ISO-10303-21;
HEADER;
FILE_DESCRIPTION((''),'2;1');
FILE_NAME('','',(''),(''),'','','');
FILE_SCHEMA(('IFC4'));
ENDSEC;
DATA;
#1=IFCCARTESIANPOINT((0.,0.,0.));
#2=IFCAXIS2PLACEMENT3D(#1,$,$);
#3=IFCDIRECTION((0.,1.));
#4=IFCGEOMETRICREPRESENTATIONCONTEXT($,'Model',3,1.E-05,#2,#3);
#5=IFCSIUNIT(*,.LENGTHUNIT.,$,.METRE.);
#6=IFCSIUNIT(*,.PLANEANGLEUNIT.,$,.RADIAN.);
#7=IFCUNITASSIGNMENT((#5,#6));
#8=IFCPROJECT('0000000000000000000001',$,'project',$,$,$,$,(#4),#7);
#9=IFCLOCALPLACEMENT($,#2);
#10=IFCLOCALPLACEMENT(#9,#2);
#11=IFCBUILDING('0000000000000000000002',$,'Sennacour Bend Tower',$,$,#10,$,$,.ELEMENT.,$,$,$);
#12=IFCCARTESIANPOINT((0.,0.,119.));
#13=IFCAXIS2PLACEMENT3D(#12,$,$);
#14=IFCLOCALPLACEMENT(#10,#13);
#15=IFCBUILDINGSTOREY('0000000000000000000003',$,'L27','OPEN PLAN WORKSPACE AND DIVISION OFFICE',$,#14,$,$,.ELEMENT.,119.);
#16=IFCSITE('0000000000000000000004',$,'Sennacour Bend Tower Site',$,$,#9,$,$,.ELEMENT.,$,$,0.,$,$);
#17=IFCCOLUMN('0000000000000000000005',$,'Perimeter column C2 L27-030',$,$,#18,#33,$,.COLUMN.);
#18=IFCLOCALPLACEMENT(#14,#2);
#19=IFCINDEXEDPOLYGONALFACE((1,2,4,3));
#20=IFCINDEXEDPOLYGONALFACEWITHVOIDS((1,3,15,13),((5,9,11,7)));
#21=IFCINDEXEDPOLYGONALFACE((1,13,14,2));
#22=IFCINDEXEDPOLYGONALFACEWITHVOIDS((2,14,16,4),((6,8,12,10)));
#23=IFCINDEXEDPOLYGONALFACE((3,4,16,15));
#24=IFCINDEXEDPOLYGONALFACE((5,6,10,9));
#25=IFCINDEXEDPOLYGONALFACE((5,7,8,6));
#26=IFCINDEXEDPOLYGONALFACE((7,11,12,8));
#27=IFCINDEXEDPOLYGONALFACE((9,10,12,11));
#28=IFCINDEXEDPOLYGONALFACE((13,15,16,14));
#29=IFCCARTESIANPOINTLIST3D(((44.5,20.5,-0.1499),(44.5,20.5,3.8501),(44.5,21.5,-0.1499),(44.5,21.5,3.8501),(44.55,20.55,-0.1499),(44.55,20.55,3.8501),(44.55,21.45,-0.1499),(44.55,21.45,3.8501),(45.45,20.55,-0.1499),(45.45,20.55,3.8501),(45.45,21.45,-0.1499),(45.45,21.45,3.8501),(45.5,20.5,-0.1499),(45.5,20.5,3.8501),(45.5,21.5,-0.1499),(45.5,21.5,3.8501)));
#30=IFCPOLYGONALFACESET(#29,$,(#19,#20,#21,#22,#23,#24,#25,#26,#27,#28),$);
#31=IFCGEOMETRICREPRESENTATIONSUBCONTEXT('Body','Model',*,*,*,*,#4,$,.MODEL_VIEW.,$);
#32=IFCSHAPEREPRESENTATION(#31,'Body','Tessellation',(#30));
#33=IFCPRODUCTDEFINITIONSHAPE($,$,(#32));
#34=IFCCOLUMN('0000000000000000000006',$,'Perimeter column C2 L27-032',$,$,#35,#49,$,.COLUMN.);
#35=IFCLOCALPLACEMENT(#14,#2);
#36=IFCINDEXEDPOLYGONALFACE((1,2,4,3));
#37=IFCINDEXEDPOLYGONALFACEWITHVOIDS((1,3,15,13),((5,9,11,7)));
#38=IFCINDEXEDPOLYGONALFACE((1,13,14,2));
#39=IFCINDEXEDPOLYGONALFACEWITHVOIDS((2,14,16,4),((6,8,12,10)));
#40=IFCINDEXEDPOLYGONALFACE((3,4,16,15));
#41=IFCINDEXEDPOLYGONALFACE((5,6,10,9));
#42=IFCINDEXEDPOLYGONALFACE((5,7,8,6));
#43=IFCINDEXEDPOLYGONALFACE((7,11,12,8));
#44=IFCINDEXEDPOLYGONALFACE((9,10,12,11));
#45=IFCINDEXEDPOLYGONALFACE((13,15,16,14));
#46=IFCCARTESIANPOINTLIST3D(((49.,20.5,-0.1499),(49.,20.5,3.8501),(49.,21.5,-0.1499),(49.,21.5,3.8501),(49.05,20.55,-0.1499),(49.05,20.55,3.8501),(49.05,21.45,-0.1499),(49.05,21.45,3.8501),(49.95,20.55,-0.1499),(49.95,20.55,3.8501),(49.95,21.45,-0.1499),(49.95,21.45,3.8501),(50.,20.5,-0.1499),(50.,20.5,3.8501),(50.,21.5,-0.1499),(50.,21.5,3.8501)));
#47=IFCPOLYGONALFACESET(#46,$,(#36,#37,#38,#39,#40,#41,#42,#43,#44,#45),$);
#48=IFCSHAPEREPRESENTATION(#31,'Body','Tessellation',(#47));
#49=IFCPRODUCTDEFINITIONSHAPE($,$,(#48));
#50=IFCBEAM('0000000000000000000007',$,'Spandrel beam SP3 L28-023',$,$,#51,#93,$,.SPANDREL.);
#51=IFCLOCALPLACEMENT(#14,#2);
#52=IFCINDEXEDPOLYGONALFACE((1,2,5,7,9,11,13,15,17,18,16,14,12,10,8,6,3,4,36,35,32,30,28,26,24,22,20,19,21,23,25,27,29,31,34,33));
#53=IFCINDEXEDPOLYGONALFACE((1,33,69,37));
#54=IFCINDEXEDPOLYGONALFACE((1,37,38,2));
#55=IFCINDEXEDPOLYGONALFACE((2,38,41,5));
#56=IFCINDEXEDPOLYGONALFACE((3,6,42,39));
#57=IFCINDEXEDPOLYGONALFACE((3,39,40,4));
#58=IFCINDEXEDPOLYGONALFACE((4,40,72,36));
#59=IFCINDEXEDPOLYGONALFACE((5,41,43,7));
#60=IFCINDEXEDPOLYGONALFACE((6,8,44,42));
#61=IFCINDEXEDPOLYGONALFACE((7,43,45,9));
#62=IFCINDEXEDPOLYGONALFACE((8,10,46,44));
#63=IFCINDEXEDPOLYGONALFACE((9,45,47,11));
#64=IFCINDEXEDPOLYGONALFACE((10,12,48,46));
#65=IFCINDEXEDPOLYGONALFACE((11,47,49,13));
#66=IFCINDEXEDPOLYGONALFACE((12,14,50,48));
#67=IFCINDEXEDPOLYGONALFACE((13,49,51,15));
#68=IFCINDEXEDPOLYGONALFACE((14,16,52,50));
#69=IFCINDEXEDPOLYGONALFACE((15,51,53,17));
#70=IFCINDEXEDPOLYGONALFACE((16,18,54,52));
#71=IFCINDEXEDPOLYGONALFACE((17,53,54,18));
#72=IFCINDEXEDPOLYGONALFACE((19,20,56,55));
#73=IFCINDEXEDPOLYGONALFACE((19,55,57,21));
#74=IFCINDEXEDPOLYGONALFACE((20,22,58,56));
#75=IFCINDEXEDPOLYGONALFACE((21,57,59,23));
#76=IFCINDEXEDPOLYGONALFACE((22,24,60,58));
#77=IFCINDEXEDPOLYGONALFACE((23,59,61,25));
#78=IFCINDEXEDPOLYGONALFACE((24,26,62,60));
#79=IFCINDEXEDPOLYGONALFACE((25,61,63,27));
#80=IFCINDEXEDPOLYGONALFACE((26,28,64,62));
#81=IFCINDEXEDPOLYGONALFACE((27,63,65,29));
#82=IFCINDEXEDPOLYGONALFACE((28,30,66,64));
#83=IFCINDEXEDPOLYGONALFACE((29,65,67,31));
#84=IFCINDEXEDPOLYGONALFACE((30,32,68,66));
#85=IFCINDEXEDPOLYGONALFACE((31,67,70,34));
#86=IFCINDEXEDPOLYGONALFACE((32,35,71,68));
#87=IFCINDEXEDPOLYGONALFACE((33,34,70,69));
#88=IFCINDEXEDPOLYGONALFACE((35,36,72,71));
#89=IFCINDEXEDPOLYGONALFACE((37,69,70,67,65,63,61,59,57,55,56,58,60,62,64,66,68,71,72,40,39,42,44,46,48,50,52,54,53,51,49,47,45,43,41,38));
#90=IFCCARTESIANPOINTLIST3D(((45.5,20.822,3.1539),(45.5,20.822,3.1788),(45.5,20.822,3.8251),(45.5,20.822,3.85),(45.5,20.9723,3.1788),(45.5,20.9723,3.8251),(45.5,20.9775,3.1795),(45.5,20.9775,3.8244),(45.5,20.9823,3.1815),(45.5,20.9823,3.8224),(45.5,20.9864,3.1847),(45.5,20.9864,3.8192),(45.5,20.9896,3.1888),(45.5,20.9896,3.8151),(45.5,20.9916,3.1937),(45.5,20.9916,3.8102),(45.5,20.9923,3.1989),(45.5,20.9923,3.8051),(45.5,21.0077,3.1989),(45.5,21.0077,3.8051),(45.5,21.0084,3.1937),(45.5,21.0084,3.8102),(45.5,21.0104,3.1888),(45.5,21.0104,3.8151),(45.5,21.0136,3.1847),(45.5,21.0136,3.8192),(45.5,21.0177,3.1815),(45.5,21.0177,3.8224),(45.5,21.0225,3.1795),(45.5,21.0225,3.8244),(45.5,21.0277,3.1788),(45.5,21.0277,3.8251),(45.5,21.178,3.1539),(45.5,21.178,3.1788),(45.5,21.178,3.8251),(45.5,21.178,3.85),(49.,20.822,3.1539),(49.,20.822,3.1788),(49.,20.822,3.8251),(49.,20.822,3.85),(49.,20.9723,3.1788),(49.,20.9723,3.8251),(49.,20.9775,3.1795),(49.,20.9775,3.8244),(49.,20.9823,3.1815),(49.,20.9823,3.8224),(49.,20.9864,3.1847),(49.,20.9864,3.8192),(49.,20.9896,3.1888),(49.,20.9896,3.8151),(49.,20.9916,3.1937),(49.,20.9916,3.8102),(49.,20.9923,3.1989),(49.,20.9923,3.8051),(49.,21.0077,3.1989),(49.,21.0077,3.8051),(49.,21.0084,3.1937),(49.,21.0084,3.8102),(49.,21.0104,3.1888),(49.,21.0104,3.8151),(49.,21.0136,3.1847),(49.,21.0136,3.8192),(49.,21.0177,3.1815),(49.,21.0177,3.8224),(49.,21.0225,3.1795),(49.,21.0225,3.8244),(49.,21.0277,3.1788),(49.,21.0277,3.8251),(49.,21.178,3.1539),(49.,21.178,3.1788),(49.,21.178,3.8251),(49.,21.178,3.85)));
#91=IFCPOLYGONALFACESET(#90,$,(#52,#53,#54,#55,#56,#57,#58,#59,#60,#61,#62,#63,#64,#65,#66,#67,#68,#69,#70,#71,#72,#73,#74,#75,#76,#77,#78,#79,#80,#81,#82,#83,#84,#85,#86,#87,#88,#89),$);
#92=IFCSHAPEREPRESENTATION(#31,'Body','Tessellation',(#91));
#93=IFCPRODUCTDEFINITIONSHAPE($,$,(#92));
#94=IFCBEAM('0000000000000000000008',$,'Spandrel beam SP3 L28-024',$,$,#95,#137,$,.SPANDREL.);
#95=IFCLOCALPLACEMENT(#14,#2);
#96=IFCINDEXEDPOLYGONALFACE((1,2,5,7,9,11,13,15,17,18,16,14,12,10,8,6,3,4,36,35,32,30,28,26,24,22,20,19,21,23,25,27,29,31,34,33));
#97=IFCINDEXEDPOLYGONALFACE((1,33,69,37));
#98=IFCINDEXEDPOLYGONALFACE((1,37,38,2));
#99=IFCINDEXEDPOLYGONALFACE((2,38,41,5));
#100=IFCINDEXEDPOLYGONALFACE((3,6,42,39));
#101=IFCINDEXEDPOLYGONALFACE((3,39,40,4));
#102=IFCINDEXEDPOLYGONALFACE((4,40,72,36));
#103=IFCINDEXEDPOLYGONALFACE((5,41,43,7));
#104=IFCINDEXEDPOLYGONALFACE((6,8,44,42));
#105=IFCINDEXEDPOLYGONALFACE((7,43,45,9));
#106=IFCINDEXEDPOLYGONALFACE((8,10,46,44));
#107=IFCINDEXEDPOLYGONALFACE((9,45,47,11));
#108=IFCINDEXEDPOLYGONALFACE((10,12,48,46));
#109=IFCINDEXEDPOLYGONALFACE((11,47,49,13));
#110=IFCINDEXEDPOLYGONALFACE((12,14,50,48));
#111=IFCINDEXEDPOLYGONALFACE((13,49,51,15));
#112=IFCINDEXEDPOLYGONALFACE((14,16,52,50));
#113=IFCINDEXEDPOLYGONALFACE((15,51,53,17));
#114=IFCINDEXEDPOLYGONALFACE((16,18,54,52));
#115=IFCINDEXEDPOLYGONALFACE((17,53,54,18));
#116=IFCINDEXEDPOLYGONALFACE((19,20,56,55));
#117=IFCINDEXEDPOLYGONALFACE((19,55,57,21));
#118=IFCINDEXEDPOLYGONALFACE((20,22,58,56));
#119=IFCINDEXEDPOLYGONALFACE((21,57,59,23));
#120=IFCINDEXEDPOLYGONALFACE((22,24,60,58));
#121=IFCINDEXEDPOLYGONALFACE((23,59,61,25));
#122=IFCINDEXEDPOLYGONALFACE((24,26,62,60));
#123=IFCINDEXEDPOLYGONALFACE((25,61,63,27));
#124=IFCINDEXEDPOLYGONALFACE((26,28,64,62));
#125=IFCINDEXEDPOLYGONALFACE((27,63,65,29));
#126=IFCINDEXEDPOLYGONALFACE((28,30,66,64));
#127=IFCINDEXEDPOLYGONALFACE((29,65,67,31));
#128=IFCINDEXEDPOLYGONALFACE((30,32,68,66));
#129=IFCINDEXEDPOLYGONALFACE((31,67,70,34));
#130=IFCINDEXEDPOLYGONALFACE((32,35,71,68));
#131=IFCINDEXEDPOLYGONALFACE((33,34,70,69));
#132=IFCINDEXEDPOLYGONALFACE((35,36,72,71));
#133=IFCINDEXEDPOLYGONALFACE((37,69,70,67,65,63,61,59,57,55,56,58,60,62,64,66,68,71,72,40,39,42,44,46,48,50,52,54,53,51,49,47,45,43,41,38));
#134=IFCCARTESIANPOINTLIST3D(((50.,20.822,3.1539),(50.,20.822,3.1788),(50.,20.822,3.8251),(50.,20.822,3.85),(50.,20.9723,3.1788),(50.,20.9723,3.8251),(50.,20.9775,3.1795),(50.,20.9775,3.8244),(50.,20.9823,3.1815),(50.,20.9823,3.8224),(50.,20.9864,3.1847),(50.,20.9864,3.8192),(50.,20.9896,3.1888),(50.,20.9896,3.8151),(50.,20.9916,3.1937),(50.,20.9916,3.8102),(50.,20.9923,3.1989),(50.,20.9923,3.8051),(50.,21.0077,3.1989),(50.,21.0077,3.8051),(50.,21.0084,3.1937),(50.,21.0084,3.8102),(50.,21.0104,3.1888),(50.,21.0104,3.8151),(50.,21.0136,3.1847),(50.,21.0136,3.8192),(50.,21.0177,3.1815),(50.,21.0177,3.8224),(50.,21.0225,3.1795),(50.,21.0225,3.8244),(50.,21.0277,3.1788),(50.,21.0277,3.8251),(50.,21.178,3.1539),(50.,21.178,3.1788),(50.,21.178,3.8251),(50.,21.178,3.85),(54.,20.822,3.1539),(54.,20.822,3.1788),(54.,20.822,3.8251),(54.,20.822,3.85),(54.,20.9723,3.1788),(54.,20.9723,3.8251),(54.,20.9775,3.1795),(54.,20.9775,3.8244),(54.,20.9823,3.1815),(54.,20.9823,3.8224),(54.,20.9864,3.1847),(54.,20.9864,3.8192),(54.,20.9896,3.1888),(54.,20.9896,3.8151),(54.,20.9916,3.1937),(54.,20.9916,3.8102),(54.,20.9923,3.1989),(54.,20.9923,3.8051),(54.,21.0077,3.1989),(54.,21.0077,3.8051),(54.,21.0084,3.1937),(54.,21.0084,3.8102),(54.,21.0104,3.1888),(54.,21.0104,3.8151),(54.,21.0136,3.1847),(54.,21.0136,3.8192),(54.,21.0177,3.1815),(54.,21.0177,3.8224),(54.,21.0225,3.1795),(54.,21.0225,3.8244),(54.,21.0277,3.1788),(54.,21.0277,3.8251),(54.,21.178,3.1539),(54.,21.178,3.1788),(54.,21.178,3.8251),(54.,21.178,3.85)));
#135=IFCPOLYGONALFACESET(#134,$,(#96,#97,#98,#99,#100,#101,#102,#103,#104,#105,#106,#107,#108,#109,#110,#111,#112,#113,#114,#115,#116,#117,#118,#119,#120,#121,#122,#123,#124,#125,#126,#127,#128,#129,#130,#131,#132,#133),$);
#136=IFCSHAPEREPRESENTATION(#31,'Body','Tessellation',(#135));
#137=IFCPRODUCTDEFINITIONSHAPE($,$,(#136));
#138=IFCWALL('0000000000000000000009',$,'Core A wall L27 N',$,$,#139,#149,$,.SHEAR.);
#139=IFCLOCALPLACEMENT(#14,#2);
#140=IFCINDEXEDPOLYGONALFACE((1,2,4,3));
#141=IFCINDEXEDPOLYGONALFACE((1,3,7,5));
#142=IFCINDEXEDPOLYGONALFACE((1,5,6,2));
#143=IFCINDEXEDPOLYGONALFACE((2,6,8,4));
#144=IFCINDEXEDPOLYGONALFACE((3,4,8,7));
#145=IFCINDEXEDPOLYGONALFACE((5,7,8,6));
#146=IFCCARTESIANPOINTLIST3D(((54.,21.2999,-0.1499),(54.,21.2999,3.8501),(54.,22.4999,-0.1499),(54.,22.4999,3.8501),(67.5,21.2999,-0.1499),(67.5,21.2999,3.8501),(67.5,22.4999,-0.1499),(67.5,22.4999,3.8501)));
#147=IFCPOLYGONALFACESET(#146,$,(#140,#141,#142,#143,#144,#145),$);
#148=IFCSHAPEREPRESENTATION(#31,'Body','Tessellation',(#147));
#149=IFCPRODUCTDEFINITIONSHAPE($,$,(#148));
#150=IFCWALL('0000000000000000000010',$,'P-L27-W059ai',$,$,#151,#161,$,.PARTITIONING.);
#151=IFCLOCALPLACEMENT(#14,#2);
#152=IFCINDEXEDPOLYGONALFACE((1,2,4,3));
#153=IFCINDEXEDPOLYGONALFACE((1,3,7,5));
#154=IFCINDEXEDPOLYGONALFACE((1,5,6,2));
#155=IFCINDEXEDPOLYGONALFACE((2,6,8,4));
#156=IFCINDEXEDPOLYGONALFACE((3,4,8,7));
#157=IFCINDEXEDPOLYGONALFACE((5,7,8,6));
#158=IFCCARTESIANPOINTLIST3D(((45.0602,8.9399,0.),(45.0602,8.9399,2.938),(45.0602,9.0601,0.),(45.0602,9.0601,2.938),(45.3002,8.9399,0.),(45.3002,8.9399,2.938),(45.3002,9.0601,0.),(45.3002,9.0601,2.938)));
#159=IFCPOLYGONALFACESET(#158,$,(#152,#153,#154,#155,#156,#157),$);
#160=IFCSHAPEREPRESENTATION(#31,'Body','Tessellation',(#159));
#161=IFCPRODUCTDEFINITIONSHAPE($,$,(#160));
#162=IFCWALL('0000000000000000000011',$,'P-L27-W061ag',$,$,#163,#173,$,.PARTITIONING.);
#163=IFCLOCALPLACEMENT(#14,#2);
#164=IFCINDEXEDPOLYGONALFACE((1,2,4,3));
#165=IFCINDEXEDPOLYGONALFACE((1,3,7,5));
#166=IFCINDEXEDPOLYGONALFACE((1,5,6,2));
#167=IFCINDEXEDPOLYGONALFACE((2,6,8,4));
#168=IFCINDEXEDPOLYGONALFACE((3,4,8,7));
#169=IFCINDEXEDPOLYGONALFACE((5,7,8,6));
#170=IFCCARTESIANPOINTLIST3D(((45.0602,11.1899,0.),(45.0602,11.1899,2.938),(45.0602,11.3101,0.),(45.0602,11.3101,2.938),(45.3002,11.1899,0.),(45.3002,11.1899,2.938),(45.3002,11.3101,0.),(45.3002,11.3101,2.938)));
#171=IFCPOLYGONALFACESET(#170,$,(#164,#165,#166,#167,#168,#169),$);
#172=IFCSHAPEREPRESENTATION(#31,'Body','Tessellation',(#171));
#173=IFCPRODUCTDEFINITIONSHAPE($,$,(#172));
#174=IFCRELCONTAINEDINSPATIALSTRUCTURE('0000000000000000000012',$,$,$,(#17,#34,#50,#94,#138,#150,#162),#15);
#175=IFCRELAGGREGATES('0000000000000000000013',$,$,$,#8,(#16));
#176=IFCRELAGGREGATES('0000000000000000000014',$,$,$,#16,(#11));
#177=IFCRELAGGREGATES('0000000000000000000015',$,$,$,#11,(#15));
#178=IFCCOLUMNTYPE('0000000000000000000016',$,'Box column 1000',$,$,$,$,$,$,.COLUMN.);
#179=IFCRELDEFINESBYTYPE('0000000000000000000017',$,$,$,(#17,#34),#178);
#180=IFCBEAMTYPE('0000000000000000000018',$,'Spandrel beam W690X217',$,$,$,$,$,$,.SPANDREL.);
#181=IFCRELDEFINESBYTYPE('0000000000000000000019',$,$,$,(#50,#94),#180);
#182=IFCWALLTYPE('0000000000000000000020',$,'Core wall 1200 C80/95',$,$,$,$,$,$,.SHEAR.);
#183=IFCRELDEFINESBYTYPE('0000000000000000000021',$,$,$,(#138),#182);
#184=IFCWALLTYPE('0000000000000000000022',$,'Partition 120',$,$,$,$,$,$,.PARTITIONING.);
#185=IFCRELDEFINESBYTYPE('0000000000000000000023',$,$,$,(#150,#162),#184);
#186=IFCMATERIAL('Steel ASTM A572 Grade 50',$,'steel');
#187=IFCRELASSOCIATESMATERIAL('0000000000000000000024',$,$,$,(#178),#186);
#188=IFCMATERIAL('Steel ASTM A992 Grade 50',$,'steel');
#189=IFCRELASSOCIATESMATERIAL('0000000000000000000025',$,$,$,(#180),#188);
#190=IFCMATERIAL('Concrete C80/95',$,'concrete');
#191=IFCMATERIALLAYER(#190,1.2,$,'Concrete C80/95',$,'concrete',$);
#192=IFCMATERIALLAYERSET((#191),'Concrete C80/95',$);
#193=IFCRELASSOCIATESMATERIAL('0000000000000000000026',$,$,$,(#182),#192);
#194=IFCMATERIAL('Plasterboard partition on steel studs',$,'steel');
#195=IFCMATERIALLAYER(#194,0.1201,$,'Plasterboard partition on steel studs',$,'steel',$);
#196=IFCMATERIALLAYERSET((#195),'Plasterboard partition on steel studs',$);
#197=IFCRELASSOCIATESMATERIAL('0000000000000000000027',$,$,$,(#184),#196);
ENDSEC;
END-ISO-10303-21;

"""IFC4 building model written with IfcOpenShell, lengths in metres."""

from ifc_helpers import new_model, si_unit, direction, frame, frame_2d, origin, origin_2d, place, context, subcontext, project, spatial, rectangle, hollow_rectangle, i_section, extrude, material, layer, layer_set, material_profile, profile_set, type_object, element, save


model = new_model("IFC4")

# Units and contexts
model_context = context("Model", 3, precision=1e-05, world=origin(), true_north=direction((0.0, 1.0)))
body_context = subcontext(model_context, "Body", "Model", "MODEL_VIEW")
ifc_project = project(units=[si_unit("LENGTHUNIT", "METRE"), si_unit("PLANEANGLEUNIT", "RADIAN")], contexts=[model_context])

# Site, building, storey
site_placement = place(None, origin())
site = spatial("IfcSite", under=ifc_project, at=site_placement, Name="Sennacour Bend Tower Site", CompositionType="ELEMENT", RefElevation=0.0)
building_placement = place(site_placement, origin())
building = spatial("IfcBuilding", under=site, at=building_placement, Name="Sennacour Bend Tower", CompositionType="ELEMENT")
storey_placement = place(building_placement, frame((0.0, 0.0, 119.0)))
storey = spatial("IfcBuildingStorey", under=building, at=storey_placement, Name="L27", Description="OPEN PLAN WORKSPACE AND DIVISION OFFICE", CompositionType="ELEMENT", Elevation=119.0)

# Columns
ifc_material_1 = material(Name="Steel ASTM A572 Grade 50", Category="steel")
ifc_material_profile_1 = material_profile(ifc_material_1, hollow_rectangle(XDim=1.0, YDim=1.0, WallThickness=0.05, at=origin_2d()), Name="Steel ASTM A572 Grade 50", Category="steel")
ifc_profile_set_1 = profile_set([ifc_material_profile_1], Name="Steel ASTM A572 Grade 50")
column_type = type_object("IfcColumnType", Name="Box column 1000", PredefinedType="COLUMN", material=ifc_profile_set_1)
for number, where, z_axis, x_axis, name in (
    (1, (45.0, 21.0, -0.1499), (0.0, 0.0, 1.0), (1.0, 0.0, 0.0), "Perimeter column C2 L27-030"),
    (2, (49.5, 21.0, -0.1499), (0.0, 0.0, 1.0), (1.0, 0.0, 0.0), "Perimeter column C2 L27-032"),
):
    element("IfcColumn", number, at=place(storey_placement, frame(where, z_axis=z_axis, x_axis=x_axis)), inside=storey, type_object=column_type, Name=name, PredefinedType="COLUMN", context=body_context, shape_type="SweptSolid", body=[
        extrude(hollow_rectangle(XDim=1.0, YDim=1.0, WallThickness=0.05, at=origin_2d()), origin(), (0.0, 0.0, 1.0), 4.0),
    ])

# Beams
ifc_material_2 = material(Name="Steel ASTM A992 Grade 50", Category="steel")
ifc_material_profile_2 = material_profile(ifc_material_2, i_section(OverallWidth=0.356, OverallDepth=0.696, WebThickness=0.0154, FlangeThickness=0.0249, FilletRadius=0.02, at=origin_2d()), Name="Steel ASTM A992 Grade 50", Category="steel")
ifc_profile_set_2 = profile_set([ifc_material_profile_2], Name="Steel ASTM A992 Grade 50")
beam_type = type_object("IfcBeamType", Name="Spandrel beam W690X217", PredefinedType="SPANDREL", material=ifc_profile_set_2)
beam_1_placement = place(storey_placement, frame((45.5, 21.0, 3.502), z_axis=(1.0, 0.0, 0.0), x_axis=(0.0, 1.0, 0.0)))
element("IfcBeam", 3, at=beam_1_placement, inside=storey, type_object=beam_type, Name="Spandrel beam SP3 L28-023", PredefinedType="SPANDREL", context=body_context, shape_type="SweptSolid", body=[
    extrude(i_section(OverallWidth=0.356, OverallDepth=0.696, WebThickness=0.0154, FlangeThickness=0.0249, FilletRadius=0.02, at=origin_2d()), origin(), (0.0, 0.0, 1.0), 3.5),
])
beam_2_placement = place(storey_placement, frame((50.0, 21.0, 3.502), z_axis=(1.0, 0.0, 0.0), x_axis=(0.0, 1.0, 0.0)))
element("IfcBeam", 4, at=beam_2_placement, inside=storey, type_object=beam_type, Name="Spandrel beam SP3 L28-024", PredefinedType="SPANDREL", context=body_context, shape_type="SweptSolid", body=[
    extrude(i_section(OverallWidth=0.356, OverallDepth=0.696, WebThickness=0.0154, FlangeThickness=0.0249, FilletRadius=0.02, at=origin_2d()), origin(), (0.0, 0.0, 1.0), 4.0),
])

# Walls
ifc_material_3 = material(Name="Concrete C80/95", Category="concrete")
ifc_layer_1 = layer(ifc_material_3, 1.2, Name="Concrete C80/95", Category="concrete")
ifc_layer_set_1 = layer_set([ifc_layer_1], Name="Concrete C80/95")
wall_type_1 = type_object("IfcWallType", Name="Core wall 1200 C80/95", PredefinedType="SHEAR", material=ifc_layer_set_1)
wall_1_placement = place(storey_placement, frame((54.0, 21.8999, -0.1499), z_axis=(0.0, 0.0, 1.0), x_axis=(1.0, 0.0, 0.0)))
element("IfcWall", 5, at=wall_1_placement, inside=storey, type_object=wall_type_1, Name="Core A wall L27 N", PredefinedType="SHEAR", context=body_context, shape_type="SweptSolid", body=[
    extrude(rectangle(XDim=13.5, YDim=1.2, at=frame_2d((6.75, 0.0))), origin(), (0.0, 0.0, 1.0), 4.0),
])
ifc_material_4 = material(Name="Plasterboard partition on steel studs", Category="steel")
ifc_layer_2 = layer(ifc_material_4, 0.1201, Name="Plasterboard partition on steel studs", Category="steel")
ifc_layer_set_2 = layer_set([ifc_layer_2], Name="Plasterboard partition on steel studs")
wall_type_2 = type_object("IfcWallType", Name="Partition 120", PredefinedType="PARTITIONING", material=ifc_layer_set_2)
for number, where, z_axis, x_axis, name in (
    (6, (45.0601, 9.0, 0.0), (0.0, 0.0, 1.0), (1.0, 0.0, 0.0), "P-L27-W059ai"),
    (7, (45.0601, 11.25, 0.0), (0.0, 0.0, 1.0), (1.0, 0.0, 0.0), "P-L27-W061ag"),
):
    element("IfcWall", number, at=place(storey_placement, frame(where, z_axis=z_axis, x_axis=x_axis)), inside=storey, type_object=wall_type_2, Name=name, PredefinedType="PARTITIONING", context=body_context, shape_type="SweptSolid", body=[
        extrude(rectangle(XDim=0.24, YDim=0.1201, at=frame_2d((0.1201, 0.0))), origin(), (0.0, 0.0, 1.0), 2.938),
    ])

save(model, "model.ifc")
